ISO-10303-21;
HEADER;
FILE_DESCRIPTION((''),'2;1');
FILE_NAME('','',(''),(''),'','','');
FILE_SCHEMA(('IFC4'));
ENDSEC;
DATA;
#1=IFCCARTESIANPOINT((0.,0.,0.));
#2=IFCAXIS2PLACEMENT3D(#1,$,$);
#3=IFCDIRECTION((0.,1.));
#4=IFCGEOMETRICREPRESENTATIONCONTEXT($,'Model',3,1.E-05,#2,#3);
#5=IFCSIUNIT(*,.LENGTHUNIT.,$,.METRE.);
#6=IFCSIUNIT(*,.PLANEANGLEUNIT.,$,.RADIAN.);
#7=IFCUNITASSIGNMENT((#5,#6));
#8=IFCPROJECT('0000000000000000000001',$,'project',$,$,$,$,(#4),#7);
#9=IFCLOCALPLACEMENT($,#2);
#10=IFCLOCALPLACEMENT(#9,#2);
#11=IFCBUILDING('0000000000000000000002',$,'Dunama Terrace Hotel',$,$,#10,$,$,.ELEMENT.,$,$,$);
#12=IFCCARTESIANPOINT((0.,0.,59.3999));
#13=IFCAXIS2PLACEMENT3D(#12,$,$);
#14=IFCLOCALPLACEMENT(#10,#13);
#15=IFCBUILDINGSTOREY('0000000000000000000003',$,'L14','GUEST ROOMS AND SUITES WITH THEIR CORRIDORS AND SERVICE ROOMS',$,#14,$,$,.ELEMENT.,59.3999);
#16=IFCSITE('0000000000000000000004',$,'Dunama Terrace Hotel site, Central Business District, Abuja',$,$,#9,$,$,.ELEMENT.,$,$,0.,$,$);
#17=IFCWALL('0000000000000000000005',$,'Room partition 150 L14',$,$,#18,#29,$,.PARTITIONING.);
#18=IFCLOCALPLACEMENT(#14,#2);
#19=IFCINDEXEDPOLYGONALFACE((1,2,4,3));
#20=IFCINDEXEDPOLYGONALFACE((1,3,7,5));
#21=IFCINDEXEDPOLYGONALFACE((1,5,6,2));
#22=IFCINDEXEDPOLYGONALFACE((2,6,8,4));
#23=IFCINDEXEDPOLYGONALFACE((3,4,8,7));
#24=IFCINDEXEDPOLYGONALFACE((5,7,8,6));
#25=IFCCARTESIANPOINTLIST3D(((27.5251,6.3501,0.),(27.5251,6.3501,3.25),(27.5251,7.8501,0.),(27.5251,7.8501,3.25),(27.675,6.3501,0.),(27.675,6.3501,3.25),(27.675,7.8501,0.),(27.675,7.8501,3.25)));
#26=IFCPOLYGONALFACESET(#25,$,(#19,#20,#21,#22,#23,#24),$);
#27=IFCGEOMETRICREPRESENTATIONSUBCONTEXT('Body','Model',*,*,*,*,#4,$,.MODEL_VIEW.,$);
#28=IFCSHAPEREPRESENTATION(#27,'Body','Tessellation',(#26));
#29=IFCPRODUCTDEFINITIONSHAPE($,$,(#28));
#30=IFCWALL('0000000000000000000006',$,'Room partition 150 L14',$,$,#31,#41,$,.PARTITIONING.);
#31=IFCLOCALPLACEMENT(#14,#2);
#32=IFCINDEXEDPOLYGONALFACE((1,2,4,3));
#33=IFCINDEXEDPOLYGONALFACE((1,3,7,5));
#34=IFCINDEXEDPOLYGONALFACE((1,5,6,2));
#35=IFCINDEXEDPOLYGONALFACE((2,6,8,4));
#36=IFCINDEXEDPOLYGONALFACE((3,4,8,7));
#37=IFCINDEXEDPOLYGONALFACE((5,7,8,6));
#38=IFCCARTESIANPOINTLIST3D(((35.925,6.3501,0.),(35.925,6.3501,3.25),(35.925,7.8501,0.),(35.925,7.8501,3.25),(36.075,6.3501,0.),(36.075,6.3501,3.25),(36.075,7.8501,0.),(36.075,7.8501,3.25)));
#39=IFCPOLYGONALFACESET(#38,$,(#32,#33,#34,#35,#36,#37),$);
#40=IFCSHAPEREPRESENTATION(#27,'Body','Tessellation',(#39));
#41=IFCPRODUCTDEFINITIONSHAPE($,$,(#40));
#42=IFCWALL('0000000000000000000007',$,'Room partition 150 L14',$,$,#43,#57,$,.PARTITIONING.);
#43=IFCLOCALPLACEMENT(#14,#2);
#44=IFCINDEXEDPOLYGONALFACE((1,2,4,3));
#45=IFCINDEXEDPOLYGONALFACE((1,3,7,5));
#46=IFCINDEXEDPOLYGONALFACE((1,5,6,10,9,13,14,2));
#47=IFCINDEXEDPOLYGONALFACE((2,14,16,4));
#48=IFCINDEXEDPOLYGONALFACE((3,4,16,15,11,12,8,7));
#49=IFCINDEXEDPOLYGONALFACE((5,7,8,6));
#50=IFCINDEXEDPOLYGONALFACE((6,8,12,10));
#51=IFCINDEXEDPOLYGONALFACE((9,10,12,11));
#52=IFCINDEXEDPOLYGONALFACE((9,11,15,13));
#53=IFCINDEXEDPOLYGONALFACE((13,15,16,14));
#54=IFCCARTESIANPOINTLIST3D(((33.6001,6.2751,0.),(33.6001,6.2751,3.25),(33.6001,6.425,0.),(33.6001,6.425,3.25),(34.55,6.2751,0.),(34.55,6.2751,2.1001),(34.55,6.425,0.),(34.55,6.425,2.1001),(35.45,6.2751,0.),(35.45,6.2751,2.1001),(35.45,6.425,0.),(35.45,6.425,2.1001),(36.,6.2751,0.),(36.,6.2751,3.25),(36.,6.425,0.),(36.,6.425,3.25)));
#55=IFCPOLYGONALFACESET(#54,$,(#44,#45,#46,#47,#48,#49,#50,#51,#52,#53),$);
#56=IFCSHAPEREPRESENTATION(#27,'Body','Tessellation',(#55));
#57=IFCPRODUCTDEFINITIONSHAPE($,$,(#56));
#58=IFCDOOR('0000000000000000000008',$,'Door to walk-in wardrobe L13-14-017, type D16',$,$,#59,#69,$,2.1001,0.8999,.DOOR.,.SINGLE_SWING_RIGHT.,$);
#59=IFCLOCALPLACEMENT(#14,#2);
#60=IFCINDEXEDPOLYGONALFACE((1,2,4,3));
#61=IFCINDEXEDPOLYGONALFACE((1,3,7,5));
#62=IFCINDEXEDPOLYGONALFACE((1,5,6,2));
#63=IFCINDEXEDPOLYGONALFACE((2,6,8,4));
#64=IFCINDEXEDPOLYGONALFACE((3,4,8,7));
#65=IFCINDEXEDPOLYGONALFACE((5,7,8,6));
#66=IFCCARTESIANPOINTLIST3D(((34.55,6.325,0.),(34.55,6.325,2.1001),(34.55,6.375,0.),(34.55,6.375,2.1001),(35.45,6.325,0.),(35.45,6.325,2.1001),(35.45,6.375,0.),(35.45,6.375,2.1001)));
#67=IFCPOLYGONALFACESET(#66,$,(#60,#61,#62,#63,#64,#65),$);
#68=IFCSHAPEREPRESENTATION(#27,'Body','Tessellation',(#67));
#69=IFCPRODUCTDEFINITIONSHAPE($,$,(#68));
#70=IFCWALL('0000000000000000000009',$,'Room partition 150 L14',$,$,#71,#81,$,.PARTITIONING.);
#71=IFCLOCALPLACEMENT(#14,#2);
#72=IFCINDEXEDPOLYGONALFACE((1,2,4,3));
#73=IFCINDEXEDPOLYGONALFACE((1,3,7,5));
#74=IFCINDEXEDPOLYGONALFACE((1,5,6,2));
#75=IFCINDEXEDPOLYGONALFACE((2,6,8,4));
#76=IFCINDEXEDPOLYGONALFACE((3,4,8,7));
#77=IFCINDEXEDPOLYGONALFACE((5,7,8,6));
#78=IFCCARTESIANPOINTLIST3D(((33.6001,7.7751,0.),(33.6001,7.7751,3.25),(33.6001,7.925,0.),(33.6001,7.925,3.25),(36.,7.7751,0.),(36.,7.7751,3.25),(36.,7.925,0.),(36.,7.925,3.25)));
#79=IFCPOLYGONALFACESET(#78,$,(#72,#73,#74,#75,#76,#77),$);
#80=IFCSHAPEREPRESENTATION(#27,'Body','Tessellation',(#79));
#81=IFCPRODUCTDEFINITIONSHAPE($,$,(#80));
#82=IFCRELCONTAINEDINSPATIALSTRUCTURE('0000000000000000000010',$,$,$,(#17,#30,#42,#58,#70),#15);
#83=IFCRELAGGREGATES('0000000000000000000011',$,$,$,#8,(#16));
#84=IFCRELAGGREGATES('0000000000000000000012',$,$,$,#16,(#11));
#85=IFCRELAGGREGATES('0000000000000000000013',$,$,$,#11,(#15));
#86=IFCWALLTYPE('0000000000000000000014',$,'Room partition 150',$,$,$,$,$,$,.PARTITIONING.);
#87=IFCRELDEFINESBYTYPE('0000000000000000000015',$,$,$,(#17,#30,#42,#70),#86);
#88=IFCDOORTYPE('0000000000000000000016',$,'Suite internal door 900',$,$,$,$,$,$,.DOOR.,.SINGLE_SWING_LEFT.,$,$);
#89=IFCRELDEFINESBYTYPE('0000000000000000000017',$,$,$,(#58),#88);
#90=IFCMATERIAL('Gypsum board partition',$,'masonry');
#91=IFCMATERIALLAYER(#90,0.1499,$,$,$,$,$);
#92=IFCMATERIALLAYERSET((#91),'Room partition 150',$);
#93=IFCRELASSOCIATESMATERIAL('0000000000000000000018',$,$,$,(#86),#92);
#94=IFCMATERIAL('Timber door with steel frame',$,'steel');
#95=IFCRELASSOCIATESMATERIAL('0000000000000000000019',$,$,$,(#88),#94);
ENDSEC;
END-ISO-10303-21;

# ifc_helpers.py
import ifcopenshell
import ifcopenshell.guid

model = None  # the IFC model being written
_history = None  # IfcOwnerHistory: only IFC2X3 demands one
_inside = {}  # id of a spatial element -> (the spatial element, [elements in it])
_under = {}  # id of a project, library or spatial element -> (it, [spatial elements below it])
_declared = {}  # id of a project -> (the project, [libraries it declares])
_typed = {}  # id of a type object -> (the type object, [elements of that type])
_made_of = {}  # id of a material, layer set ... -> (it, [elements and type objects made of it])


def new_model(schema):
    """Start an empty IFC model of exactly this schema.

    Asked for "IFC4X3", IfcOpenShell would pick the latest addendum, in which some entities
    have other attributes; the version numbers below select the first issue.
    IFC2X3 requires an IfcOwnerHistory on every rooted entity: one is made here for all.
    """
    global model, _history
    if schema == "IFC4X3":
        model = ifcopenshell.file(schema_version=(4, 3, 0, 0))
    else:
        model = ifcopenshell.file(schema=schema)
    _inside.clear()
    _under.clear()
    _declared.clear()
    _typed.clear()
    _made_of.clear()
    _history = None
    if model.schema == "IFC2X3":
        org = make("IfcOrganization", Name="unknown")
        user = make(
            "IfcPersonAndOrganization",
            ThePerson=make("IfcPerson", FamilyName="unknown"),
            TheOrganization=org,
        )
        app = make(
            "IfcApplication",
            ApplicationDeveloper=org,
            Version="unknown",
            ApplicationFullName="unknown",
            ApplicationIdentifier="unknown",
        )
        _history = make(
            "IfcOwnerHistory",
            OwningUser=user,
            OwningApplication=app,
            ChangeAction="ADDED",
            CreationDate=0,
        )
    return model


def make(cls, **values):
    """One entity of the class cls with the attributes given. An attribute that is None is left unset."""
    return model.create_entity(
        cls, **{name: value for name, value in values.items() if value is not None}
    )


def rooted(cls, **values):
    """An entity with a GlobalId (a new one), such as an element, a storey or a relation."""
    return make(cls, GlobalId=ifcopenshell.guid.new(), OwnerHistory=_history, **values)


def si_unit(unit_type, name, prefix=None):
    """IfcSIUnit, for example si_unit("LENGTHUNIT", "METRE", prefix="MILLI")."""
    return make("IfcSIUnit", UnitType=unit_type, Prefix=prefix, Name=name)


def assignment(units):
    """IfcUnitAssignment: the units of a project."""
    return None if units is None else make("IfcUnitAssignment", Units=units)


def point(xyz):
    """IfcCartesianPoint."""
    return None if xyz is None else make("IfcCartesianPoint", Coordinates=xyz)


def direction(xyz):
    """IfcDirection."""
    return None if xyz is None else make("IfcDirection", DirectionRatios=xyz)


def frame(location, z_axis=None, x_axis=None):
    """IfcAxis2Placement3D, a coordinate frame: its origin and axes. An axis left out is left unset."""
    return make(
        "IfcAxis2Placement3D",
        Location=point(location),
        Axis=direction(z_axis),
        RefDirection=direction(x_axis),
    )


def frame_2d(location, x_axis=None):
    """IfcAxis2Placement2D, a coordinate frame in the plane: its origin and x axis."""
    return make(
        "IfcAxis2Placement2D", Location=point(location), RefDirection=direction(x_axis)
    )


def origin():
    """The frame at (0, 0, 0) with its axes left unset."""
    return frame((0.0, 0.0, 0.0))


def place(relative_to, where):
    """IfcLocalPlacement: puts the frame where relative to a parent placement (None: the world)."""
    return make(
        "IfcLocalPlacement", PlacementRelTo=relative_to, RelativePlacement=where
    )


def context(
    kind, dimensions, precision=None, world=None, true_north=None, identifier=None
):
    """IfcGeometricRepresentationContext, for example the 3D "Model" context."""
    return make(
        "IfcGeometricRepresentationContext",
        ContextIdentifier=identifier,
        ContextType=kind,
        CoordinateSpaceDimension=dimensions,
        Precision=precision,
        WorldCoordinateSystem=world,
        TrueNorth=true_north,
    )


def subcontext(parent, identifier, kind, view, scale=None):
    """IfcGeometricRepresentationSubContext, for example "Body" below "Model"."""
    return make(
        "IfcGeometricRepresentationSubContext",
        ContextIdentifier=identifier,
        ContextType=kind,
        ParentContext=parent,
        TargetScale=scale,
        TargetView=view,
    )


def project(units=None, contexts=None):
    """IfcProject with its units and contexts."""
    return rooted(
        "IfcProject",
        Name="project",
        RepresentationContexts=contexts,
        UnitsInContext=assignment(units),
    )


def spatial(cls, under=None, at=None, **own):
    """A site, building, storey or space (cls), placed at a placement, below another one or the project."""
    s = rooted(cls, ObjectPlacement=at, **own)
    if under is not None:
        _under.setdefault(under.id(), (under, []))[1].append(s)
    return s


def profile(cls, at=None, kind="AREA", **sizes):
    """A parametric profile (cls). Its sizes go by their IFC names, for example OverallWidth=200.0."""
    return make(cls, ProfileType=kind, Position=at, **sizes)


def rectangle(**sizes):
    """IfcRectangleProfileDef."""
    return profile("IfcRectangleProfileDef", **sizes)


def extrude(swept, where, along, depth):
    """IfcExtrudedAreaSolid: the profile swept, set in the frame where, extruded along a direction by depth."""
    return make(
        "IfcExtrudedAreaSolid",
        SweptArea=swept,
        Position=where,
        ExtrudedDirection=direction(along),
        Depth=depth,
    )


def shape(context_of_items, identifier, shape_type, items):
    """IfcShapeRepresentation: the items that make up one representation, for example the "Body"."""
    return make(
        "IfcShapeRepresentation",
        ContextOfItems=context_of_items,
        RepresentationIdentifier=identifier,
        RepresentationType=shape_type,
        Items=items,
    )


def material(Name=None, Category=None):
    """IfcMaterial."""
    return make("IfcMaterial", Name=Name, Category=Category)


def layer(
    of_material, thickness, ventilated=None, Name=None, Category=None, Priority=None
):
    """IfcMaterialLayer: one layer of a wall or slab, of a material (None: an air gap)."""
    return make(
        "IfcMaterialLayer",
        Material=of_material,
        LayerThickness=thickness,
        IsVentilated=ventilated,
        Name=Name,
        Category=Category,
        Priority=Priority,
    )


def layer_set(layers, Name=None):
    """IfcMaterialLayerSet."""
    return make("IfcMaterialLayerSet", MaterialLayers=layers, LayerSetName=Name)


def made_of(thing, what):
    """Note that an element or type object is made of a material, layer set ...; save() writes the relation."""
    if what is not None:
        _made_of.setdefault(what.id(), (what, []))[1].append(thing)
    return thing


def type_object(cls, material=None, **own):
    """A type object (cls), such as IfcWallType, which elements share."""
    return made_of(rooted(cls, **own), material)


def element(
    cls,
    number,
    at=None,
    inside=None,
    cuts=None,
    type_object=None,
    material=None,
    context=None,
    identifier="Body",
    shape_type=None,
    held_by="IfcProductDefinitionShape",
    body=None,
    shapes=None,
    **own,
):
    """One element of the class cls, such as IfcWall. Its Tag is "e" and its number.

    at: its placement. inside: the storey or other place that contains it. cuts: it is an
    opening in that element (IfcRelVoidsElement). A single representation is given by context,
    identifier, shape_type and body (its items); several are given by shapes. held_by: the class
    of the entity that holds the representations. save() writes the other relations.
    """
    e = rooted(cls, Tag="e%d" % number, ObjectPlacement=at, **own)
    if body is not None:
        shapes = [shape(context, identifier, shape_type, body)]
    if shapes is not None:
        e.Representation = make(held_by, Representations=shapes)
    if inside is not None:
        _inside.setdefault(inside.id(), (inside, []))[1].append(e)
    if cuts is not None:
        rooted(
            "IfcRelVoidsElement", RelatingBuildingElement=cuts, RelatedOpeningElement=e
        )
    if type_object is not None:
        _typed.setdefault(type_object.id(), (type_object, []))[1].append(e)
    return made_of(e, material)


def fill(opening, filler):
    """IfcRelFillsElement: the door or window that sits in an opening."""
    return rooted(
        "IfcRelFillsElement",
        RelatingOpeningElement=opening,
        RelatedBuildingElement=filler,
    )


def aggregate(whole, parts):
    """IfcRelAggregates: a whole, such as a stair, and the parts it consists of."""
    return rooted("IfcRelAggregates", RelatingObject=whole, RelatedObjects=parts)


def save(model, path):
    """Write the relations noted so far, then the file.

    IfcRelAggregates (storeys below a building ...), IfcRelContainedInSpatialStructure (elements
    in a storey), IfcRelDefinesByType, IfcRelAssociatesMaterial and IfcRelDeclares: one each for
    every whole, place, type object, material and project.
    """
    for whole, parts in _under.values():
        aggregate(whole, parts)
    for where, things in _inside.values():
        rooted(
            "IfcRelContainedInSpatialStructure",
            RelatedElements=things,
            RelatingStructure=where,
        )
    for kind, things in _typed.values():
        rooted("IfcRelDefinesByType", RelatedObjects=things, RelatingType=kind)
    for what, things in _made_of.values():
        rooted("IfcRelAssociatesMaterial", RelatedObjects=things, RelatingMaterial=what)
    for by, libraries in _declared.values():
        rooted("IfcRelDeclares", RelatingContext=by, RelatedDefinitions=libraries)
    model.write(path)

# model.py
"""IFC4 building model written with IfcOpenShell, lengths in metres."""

from ifc_helpers import new_model, si_unit, direction, frame, frame_2d, origin, place, context, subcontext, project, spatial, rectangle, extrude, material, layer, layer_set, type_object, element, fill, save


model = new_model("IFC4")

# Units and contexts
model_context = context("Model", 3, precision=1e-05, world=origin(), true_north=direction((0.0, 1.0)))
body_context = subcontext(model_context, "Body", "Model", "MODEL_VIEW")
ifc_project = project(units=[si_unit("LENGTHUNIT", "METRE"), si_unit("PLANEANGLEUNIT", "RADIAN")], contexts=[model_context])

# Site, building, storey
site_placement = place(None, origin())
site = spatial("IfcSite", under=ifc_project, at=site_placement, Name="Dunama Terrace Hotel site, Central Business District, Abuja", CompositionType="ELEMENT", RefElevation=0.0)
building_placement = place(site_placement, origin())
building = spatial("IfcBuilding", under=site, at=building_placement, Name="Dunama Terrace Hotel", CompositionType="ELEMENT")
storey_placement = place(building_placement, frame((0.0, 0.0, 59.3999)))
storey = spatial("IfcBuildingStorey", under=building, at=storey_placement, Name="L14", Description="GUEST ROOMS AND SUITES WITH THEIR CORRIDORS AND SERVICE ROOMS", CompositionType="ELEMENT", Elevation=59.3999)

# Walls
ifc_material_1 = material(Name="Gypsum board partition", Category="masonry")
ifc_layer_1 = layer(ifc_material_1, 0.1499)
ifc_layer_set_1 = layer_set([ifc_layer_1], Name="Room partition 150")
wall_type_1 = type_object("IfcWallType", Name="Room partition 150", PredefinedType="PARTITIONING", material=ifc_layer_set_1)
for number, where, z_axis, x_axis, name in (
    (1, (27.6001, 6.3501, 0.0), (0.0, 0.0, 1.0), (0.0, 1.0, 0.0), "Room partition 150 L14"),
    (2, (36.0, 6.3501, 0.0), (0.0, 0.0, 1.0), (0.0, 1.0, 0.0), "Room partition 150 L14"),
):
    element("IfcWall", number, at=place(storey_placement, frame(where, z_axis=z_axis, x_axis=x_axis)), inside=storey, type_object=wall_type_1, Name=name, PredefinedType="PARTITIONING", context=body_context, shape_type="SweptSolid", body=[
        extrude(rectangle(XDim=1.5, YDim=0.1499, at=frame_2d((0.75, 0.0))), origin(), (0.0, 0.0, 1.0), 3.25),
    ])

# Wall, opening, door
wall_1_placement = place(storey_placement, frame((33.6001, 6.3501, 0.0), z_axis=(0.0, 0.0, 1.0), x_axis=(1.0, 0.0, 0.0)))
wall_1 = element("IfcWall", 3, at=wall_1_placement, inside=storey, type_object=wall_type_1, Name="Room partition 150 L14", PredefinedType="PARTITIONING", context=body_context, shape_type="SweptSolid", body=[
    extrude(rectangle(XDim=2.3999, YDim=0.1499, at=frame_2d((1.2, 0.0))), origin(), (0.0, 0.0, 1.0), 3.25),
])
opening_1_placement = place(wall_1_placement, frame((0.95, 0.0, 0.0)))
opening_1 = element("IfcOpeningElement", 4, at=opening_1_placement, cuts=wall_1, PredefinedType="OPENING", context=body_context, shape_type="SweptSolid", body=[
    extrude(rectangle(XDim=0.8999, YDim=2.1001, at=frame_2d((0.45, 1.05))), frame((0.0, 0.085, 0.0), z_axis=(0.0, -1.0, 0.0), x_axis=(1.0, 0.0, 0.0)), (0.0, 0.0, 1.0), 0.1699),
])
ifc_material_2 = material(Name="Timber door with steel frame", Category="steel")
door_type_1 = type_object("IfcDoorType", Name="Suite internal door 900", OperationType="SINGLE_SWING_LEFT", PredefinedType="DOOR", material=ifc_material_2)
door_1_placement = place(opening_1_placement, origin())
door_1 = element("IfcDoor", 5, at=door_1_placement, inside=storey, type_object=door_type_1, Name="Door to walk-in wardrobe L13-14-017, type D16", OperationType="SINGLE_SWING_RIGHT", OverallHeight=2.1001, OverallWidth=0.8999, PredefinedType="DOOR", context=body_context, shape_type="SweptSolid", body=[
    extrude(rectangle(XDim=0.8999, YDim=2.1001, at=frame_2d((0.45, 1.05))), frame((0.0, 0.0249, 0.0), z_axis=(0.0, -1.0, 0.0), x_axis=(1.0, 0.0, 0.0)), (0.0, 0.0, 1.0), 0.05),
])
fill(opening_1, door_1)

# Wall
wall_2_placement = place(storey_placement, frame((33.6001, 7.8501, 0.0), z_axis=(0.0, 0.0, 1.0), x_axis=(1.0, 0.0, 0.0)))
element("IfcWall", 6, at=wall_2_placement, inside=storey, type_object=wall_type_1, Name="Room partition 150 L14", PredefinedType="PARTITIONING", context=body_context, shape_type="SweptSolid", body=[
    extrude(rectangle(XDim=2.3999, YDim=0.1499, at=frame_2d((1.2, 0.0))), origin(), (0.0, 0.0, 1.0), 3.25),
])

save(model, "model.ifc")
